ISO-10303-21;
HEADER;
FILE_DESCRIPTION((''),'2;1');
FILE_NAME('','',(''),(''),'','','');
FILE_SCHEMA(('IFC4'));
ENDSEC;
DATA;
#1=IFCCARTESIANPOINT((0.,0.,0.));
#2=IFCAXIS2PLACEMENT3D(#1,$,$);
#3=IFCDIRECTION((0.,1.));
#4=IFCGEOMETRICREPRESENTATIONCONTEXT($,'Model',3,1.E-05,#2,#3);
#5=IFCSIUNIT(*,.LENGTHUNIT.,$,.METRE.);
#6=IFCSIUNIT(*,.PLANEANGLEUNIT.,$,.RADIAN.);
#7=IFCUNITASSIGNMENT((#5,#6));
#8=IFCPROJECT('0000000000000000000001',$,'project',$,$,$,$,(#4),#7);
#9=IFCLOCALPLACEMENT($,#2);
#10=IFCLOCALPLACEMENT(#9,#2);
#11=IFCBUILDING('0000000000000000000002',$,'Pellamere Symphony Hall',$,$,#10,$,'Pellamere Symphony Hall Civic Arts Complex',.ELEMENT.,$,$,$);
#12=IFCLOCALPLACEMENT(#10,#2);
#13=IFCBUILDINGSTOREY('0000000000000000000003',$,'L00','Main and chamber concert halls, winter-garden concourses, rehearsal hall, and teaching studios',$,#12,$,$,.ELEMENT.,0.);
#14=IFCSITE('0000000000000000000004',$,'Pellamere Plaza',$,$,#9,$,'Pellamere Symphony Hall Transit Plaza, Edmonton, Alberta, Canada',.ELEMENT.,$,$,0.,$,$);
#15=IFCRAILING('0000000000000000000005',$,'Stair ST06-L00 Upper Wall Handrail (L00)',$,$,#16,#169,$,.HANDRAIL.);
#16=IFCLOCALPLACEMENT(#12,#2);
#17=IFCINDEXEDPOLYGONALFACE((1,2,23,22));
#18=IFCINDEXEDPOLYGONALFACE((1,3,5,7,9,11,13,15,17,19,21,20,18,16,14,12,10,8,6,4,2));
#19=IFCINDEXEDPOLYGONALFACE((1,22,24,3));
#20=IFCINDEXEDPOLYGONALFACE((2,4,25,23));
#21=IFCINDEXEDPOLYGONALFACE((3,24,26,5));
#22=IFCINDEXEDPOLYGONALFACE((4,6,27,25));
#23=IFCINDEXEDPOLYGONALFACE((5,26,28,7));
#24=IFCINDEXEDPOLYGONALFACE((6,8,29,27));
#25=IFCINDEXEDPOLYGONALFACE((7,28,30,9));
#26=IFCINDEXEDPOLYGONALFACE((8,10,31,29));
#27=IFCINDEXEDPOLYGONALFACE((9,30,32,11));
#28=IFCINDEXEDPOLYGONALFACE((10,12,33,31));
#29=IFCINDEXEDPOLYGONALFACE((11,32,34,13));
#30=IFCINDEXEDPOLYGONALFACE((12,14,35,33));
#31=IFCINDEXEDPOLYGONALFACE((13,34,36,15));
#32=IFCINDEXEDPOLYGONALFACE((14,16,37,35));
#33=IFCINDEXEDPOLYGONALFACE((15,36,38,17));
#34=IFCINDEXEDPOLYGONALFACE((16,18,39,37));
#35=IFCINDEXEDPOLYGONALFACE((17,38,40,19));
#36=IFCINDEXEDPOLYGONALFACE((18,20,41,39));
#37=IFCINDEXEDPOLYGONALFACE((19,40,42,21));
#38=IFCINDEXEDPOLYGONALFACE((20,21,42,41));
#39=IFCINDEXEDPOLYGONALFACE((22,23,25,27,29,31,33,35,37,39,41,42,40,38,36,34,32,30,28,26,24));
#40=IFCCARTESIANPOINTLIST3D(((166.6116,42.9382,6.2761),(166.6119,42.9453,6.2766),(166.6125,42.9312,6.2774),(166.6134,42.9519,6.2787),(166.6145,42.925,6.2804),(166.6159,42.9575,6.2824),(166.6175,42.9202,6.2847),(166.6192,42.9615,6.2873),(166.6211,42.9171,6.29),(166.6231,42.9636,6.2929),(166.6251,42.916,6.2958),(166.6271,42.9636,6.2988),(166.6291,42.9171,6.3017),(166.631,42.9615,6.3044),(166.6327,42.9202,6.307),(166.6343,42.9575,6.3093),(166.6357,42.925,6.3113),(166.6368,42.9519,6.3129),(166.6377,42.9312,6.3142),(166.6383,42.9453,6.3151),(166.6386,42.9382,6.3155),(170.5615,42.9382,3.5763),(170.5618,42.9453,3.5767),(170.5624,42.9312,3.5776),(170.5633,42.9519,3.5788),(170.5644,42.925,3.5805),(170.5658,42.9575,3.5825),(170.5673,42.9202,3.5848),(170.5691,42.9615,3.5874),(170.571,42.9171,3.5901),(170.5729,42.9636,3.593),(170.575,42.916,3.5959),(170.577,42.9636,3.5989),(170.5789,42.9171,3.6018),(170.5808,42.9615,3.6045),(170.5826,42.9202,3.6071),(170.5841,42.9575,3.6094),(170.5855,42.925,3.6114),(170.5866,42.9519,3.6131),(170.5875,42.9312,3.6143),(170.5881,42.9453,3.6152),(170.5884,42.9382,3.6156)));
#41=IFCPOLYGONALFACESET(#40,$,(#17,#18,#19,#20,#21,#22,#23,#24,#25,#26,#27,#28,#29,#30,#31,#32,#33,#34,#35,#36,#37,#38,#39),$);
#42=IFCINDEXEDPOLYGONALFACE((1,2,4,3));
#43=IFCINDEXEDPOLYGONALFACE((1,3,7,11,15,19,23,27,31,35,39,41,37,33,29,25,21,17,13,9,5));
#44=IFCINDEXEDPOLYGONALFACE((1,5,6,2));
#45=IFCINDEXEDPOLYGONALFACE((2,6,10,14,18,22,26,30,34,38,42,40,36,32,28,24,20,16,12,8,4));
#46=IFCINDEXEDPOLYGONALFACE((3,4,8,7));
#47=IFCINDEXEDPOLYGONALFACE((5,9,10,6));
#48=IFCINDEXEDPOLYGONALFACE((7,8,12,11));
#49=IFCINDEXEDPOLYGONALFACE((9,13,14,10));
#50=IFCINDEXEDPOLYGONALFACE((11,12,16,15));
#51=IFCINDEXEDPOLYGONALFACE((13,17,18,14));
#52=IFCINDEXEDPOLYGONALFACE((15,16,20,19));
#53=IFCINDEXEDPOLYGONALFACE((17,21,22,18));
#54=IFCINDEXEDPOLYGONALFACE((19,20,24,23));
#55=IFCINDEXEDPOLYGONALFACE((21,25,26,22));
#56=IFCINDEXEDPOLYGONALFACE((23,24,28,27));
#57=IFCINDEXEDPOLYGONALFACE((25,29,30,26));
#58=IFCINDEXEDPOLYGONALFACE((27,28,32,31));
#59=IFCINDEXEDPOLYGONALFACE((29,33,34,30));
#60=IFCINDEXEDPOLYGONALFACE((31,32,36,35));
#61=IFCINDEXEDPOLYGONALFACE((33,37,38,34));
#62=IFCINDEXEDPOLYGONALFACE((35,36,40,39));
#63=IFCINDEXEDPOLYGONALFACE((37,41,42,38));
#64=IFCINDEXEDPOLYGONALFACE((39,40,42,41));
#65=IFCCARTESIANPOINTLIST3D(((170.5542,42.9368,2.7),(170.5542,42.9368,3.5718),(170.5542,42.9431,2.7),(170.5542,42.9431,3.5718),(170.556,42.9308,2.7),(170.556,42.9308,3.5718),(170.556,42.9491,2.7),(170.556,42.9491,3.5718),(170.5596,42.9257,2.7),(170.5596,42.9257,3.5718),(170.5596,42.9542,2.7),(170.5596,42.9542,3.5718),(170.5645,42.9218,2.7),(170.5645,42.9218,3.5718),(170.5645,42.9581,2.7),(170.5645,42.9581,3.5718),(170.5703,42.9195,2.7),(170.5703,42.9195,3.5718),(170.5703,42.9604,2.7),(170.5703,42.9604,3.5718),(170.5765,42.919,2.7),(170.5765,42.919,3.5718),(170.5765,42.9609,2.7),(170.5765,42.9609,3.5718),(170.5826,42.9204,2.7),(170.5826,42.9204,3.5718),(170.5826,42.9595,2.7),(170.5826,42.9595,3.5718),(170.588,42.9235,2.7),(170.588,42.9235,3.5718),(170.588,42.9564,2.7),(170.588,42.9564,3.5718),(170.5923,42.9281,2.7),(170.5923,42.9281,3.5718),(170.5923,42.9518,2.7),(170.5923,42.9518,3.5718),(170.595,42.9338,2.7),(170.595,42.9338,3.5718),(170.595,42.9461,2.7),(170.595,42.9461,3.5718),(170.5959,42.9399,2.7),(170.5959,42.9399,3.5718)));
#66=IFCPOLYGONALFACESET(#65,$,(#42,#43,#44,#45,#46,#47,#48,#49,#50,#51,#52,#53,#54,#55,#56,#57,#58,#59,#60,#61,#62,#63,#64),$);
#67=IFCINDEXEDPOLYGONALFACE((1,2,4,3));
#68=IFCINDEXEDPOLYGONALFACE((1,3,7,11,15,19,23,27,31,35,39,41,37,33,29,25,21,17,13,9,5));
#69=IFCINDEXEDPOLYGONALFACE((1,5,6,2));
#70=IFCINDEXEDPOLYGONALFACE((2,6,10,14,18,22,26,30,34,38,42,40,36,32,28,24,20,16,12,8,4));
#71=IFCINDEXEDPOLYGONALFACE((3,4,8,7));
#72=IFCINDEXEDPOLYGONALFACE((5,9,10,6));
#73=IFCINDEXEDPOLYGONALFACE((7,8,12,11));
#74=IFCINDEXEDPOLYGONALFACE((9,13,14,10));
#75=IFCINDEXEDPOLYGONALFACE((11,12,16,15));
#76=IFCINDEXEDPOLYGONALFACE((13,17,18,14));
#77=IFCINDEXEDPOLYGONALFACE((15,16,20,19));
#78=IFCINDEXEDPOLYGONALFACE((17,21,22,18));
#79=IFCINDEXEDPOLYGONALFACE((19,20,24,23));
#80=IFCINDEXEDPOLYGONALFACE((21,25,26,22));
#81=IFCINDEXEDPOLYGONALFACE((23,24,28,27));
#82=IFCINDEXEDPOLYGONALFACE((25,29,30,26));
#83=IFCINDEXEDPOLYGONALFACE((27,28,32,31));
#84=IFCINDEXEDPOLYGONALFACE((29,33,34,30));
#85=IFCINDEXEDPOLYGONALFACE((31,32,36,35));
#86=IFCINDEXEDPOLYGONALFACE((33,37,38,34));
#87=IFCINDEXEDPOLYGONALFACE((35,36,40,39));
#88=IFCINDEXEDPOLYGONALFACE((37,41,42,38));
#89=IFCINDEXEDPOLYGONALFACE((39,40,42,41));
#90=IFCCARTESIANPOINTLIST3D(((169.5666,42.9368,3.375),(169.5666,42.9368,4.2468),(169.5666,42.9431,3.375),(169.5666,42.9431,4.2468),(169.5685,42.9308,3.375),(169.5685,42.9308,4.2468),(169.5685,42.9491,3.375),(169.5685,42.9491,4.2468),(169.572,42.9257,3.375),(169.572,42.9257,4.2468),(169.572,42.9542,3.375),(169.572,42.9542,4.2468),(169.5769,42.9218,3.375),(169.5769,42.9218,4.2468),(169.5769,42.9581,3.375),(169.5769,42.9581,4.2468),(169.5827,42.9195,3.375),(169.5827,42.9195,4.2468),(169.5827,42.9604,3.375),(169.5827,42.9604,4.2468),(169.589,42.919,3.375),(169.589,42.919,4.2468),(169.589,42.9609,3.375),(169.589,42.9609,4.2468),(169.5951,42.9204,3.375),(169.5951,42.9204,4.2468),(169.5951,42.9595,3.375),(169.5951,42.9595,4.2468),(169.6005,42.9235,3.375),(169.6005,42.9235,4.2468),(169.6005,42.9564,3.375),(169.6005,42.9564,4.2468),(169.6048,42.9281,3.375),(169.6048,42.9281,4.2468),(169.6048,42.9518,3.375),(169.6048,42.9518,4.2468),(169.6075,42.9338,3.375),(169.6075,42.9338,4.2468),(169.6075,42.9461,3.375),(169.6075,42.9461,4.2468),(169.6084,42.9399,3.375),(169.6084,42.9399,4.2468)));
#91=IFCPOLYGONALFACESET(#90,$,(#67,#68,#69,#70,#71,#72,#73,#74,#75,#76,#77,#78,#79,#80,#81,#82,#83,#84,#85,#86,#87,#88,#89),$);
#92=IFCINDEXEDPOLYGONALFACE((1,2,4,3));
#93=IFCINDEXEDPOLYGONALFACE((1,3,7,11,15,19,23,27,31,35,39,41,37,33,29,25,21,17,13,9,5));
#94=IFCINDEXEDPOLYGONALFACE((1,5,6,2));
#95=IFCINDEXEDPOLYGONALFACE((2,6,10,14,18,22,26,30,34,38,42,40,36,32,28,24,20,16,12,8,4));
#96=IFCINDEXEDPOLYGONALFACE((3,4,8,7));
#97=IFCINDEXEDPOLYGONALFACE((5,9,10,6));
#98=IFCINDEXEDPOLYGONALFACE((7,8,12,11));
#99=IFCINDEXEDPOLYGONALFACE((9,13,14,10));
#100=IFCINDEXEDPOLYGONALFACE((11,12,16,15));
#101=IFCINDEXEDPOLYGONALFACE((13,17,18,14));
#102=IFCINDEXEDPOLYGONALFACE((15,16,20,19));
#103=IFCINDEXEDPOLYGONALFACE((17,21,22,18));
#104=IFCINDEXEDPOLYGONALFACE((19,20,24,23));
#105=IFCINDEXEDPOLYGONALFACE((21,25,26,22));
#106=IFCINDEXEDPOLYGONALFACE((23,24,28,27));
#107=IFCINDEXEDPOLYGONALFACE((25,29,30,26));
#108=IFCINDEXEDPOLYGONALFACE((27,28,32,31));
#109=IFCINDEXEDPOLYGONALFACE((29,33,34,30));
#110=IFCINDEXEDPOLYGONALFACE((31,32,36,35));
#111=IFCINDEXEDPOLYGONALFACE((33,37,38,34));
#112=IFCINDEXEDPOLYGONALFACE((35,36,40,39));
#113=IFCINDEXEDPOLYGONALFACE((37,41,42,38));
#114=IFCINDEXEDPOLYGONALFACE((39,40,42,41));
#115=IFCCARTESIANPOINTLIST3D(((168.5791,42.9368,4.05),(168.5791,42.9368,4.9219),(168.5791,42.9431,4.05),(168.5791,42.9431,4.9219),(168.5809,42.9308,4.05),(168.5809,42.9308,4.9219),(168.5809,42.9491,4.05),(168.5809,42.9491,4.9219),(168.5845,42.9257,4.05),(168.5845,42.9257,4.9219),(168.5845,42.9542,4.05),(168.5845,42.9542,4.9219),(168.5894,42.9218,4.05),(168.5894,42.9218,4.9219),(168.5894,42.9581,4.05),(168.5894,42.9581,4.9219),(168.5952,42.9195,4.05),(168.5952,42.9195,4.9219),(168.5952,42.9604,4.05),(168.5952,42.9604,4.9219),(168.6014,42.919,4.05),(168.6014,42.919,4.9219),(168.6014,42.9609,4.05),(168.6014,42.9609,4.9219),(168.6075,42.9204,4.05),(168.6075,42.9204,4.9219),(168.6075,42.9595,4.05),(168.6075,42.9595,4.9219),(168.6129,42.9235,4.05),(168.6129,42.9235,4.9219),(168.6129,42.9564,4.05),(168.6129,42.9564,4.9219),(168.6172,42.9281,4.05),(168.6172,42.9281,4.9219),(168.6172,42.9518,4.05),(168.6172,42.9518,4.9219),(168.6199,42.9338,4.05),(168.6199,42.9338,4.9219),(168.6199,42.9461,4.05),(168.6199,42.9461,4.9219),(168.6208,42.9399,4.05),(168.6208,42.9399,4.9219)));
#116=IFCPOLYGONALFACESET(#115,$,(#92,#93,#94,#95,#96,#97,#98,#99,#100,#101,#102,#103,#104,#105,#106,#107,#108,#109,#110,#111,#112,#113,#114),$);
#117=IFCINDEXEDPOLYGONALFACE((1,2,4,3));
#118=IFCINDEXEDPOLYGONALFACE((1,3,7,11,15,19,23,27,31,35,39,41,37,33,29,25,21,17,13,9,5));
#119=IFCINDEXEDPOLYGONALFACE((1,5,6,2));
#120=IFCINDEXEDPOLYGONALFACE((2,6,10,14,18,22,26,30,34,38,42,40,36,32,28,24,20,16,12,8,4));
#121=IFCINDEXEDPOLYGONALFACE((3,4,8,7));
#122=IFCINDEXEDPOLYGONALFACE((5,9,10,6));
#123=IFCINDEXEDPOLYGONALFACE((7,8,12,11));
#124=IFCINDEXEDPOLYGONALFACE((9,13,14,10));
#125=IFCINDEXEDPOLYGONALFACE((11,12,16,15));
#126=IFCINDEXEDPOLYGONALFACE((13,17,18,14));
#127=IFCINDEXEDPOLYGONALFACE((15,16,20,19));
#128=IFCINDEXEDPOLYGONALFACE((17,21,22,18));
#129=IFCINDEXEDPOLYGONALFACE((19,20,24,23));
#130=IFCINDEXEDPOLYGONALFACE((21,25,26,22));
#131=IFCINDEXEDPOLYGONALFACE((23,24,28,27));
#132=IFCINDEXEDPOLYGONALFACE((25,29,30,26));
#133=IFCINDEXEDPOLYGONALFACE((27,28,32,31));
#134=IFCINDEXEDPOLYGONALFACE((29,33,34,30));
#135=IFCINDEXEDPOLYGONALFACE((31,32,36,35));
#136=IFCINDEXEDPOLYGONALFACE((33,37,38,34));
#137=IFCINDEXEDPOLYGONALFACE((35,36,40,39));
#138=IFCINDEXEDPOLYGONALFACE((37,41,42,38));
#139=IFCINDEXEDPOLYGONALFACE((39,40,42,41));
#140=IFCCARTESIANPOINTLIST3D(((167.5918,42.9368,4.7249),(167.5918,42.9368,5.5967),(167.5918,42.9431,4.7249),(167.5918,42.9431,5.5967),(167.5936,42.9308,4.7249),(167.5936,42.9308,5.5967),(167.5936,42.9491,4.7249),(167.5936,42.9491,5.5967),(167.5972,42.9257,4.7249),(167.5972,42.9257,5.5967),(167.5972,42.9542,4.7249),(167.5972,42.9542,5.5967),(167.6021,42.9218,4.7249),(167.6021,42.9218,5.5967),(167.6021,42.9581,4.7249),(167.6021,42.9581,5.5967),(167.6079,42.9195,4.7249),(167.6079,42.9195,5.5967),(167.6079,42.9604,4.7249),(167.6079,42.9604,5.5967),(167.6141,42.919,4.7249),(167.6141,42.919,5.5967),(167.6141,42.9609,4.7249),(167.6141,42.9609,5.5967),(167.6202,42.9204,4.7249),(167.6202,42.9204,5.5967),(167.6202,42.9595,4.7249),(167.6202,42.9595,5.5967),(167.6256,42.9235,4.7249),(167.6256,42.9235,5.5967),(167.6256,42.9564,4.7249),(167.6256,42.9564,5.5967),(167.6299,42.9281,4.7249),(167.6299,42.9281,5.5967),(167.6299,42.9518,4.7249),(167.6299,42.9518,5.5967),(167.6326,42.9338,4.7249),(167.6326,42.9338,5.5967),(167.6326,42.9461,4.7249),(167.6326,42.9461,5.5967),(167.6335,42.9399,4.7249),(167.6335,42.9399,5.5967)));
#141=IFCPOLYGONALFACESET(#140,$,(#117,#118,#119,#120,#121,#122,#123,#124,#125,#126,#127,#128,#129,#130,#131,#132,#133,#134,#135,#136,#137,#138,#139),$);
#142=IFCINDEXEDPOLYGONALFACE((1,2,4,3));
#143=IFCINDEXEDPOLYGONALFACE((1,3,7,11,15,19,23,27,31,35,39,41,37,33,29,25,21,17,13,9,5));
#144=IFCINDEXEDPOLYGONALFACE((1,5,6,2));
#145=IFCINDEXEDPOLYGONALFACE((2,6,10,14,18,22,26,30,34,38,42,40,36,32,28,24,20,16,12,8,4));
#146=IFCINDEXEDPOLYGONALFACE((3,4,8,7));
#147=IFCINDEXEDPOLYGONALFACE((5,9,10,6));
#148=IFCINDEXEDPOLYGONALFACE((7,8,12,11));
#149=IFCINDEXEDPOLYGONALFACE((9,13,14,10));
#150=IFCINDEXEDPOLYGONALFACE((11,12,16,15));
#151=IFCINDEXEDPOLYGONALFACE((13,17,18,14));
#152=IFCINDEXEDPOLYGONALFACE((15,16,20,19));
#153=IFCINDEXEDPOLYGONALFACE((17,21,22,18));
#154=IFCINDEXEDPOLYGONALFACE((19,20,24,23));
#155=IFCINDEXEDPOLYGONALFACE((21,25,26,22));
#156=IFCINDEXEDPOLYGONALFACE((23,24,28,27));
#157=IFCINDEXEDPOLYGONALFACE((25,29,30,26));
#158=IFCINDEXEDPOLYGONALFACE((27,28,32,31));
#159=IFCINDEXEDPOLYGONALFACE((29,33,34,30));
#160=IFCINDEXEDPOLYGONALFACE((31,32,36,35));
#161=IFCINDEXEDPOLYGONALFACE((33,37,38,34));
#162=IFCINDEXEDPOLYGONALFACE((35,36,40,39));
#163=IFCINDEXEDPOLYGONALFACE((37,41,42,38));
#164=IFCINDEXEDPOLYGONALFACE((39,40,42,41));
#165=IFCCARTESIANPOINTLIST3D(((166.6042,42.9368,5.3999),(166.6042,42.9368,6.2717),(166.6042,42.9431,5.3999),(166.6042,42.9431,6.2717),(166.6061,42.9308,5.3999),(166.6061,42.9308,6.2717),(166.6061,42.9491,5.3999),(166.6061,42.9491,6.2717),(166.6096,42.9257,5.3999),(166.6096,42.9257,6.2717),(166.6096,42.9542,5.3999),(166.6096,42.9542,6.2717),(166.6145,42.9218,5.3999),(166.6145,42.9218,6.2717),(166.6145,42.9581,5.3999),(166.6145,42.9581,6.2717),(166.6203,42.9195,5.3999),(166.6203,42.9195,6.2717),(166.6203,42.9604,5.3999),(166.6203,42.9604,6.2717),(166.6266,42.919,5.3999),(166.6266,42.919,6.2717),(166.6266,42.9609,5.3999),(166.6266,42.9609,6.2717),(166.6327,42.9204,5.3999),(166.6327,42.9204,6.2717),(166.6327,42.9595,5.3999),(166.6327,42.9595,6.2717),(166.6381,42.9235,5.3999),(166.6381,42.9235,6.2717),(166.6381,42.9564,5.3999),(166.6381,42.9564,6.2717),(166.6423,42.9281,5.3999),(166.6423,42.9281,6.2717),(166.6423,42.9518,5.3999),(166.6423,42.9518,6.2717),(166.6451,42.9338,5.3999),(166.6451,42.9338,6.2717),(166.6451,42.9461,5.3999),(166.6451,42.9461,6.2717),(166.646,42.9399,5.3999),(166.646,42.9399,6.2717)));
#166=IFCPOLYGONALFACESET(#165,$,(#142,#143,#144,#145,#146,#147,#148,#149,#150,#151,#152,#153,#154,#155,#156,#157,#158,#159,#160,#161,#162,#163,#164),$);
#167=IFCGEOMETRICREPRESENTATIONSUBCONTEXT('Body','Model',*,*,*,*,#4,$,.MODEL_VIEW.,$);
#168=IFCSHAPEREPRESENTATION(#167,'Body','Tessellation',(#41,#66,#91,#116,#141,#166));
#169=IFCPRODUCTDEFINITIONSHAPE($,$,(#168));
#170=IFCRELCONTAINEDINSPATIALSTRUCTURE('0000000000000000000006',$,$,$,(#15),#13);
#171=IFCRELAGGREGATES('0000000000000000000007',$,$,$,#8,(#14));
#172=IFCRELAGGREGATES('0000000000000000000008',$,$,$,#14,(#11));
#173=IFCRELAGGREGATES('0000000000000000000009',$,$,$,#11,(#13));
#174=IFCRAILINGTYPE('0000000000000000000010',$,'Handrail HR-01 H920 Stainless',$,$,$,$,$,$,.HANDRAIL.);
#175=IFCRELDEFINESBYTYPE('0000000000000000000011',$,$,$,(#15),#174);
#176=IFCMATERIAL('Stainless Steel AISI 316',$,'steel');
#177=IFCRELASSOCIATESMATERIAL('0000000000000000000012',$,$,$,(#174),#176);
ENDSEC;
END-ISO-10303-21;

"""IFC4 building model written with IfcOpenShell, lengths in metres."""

from ifc_helpers import new_model, si_unit, direction, frame, origin, origin_2d, place, context, subcontext, project, spatial, circle, extrude, material, type_object, element, save


model = new_model("IFC4")

# Units and contexts
model_context = context("Model", 3, precision=1e-05, world=origin(), true_north=direction((0.0, 1.0)))
body_context = subcontext(model_context, "Body", "Model", "MODEL_VIEW")
ifc_project = project(units=[si_unit("LENGTHUNIT", "METRE"), si_unit("PLANEANGLEUNIT", "RADIAN")], contexts=[model_context])

# Site, building, storey
site_placement = place(None, origin())
site = spatial("IfcSite", under=ifc_project, at=site_placement, Name="Pellamere Plaza", LongName="Pellamere Symphony Hall Transit Plaza, Edmonton, Alberta, Canada", CompositionType="ELEMENT", RefElevation=0.0)
building_placement = place(site_placement, origin())
building = spatial("IfcBuilding", under=site, at=building_placement, Name="Pellamere Symphony Hall", LongName="Pellamere Symphony Hall Civic Arts Complex", CompositionType="ELEMENT")
storey_placement = place(building_placement, origin())
storey = spatial("IfcBuildingStorey", under=building, at=storey_placement, Name="L00", Description="Main and chamber concert halls, winter-garden concourses, rehearsal hall, and teaching studios", CompositionType="ELEMENT", Elevation=0.0)

# Railing
ifc_material_1 = material(Name="Stainless Steel AISI 316", Category="steel")
railing_type_1 = type_object("IfcRailingType", Name="Handrail HR-01 H920 Stainless", PredefinedType="HANDRAIL", material=ifc_material_1)
railing_1_placement = place(storey_placement, frame((170.575, 42.9399, 2.7)))
element("IfcRailing", 1, at=railing_1_placement, inside=storey, type_object=railing_type_1, Name="Stair ST06-L00 Upper Wall Handrail (L00)", PredefinedType="HANDRAIL", context=body_context, shape_type="SweptSolid", body=[
    extrude(circle(Radius=0.0239, at=origin_2d()), frame((0.0, 0.0, 0.896), z_axis=(-0.825565, 0.0, 0.564307), x_axis=(0.0, -1.0, 0.0)), (0.0, 0.0, 1.0), 4.7844),
    extrude(circle(Radius=0.021, at=origin_2d()), origin(), (0.0, 0.0, 1.0), 0.8718),
    extrude(circle(Radius=0.021, at=origin_2d()), frame((-0.9875, 0.0, 0.675)), (0.0, 0.0, 1.0), 0.8718),
    extrude(circle(Radius=0.021, at=origin_2d()), frame((-1.9751, 0.0, 1.3501)), (0.0, 0.0, 1.0), 0.8718),
    extrude(circle(Radius=0.021, at=origin_2d()), frame((-2.9624, 0.0, 2.0249)), (0.0, 0.0, 1.0), 0.8718),
    extrude(circle(Radius=0.021, at=origin_2d()), frame((-3.95, 0.0, 2.7)), (0.0, 0.0, 1.0), 0.8718),
])

save(model, "model.ifc")
